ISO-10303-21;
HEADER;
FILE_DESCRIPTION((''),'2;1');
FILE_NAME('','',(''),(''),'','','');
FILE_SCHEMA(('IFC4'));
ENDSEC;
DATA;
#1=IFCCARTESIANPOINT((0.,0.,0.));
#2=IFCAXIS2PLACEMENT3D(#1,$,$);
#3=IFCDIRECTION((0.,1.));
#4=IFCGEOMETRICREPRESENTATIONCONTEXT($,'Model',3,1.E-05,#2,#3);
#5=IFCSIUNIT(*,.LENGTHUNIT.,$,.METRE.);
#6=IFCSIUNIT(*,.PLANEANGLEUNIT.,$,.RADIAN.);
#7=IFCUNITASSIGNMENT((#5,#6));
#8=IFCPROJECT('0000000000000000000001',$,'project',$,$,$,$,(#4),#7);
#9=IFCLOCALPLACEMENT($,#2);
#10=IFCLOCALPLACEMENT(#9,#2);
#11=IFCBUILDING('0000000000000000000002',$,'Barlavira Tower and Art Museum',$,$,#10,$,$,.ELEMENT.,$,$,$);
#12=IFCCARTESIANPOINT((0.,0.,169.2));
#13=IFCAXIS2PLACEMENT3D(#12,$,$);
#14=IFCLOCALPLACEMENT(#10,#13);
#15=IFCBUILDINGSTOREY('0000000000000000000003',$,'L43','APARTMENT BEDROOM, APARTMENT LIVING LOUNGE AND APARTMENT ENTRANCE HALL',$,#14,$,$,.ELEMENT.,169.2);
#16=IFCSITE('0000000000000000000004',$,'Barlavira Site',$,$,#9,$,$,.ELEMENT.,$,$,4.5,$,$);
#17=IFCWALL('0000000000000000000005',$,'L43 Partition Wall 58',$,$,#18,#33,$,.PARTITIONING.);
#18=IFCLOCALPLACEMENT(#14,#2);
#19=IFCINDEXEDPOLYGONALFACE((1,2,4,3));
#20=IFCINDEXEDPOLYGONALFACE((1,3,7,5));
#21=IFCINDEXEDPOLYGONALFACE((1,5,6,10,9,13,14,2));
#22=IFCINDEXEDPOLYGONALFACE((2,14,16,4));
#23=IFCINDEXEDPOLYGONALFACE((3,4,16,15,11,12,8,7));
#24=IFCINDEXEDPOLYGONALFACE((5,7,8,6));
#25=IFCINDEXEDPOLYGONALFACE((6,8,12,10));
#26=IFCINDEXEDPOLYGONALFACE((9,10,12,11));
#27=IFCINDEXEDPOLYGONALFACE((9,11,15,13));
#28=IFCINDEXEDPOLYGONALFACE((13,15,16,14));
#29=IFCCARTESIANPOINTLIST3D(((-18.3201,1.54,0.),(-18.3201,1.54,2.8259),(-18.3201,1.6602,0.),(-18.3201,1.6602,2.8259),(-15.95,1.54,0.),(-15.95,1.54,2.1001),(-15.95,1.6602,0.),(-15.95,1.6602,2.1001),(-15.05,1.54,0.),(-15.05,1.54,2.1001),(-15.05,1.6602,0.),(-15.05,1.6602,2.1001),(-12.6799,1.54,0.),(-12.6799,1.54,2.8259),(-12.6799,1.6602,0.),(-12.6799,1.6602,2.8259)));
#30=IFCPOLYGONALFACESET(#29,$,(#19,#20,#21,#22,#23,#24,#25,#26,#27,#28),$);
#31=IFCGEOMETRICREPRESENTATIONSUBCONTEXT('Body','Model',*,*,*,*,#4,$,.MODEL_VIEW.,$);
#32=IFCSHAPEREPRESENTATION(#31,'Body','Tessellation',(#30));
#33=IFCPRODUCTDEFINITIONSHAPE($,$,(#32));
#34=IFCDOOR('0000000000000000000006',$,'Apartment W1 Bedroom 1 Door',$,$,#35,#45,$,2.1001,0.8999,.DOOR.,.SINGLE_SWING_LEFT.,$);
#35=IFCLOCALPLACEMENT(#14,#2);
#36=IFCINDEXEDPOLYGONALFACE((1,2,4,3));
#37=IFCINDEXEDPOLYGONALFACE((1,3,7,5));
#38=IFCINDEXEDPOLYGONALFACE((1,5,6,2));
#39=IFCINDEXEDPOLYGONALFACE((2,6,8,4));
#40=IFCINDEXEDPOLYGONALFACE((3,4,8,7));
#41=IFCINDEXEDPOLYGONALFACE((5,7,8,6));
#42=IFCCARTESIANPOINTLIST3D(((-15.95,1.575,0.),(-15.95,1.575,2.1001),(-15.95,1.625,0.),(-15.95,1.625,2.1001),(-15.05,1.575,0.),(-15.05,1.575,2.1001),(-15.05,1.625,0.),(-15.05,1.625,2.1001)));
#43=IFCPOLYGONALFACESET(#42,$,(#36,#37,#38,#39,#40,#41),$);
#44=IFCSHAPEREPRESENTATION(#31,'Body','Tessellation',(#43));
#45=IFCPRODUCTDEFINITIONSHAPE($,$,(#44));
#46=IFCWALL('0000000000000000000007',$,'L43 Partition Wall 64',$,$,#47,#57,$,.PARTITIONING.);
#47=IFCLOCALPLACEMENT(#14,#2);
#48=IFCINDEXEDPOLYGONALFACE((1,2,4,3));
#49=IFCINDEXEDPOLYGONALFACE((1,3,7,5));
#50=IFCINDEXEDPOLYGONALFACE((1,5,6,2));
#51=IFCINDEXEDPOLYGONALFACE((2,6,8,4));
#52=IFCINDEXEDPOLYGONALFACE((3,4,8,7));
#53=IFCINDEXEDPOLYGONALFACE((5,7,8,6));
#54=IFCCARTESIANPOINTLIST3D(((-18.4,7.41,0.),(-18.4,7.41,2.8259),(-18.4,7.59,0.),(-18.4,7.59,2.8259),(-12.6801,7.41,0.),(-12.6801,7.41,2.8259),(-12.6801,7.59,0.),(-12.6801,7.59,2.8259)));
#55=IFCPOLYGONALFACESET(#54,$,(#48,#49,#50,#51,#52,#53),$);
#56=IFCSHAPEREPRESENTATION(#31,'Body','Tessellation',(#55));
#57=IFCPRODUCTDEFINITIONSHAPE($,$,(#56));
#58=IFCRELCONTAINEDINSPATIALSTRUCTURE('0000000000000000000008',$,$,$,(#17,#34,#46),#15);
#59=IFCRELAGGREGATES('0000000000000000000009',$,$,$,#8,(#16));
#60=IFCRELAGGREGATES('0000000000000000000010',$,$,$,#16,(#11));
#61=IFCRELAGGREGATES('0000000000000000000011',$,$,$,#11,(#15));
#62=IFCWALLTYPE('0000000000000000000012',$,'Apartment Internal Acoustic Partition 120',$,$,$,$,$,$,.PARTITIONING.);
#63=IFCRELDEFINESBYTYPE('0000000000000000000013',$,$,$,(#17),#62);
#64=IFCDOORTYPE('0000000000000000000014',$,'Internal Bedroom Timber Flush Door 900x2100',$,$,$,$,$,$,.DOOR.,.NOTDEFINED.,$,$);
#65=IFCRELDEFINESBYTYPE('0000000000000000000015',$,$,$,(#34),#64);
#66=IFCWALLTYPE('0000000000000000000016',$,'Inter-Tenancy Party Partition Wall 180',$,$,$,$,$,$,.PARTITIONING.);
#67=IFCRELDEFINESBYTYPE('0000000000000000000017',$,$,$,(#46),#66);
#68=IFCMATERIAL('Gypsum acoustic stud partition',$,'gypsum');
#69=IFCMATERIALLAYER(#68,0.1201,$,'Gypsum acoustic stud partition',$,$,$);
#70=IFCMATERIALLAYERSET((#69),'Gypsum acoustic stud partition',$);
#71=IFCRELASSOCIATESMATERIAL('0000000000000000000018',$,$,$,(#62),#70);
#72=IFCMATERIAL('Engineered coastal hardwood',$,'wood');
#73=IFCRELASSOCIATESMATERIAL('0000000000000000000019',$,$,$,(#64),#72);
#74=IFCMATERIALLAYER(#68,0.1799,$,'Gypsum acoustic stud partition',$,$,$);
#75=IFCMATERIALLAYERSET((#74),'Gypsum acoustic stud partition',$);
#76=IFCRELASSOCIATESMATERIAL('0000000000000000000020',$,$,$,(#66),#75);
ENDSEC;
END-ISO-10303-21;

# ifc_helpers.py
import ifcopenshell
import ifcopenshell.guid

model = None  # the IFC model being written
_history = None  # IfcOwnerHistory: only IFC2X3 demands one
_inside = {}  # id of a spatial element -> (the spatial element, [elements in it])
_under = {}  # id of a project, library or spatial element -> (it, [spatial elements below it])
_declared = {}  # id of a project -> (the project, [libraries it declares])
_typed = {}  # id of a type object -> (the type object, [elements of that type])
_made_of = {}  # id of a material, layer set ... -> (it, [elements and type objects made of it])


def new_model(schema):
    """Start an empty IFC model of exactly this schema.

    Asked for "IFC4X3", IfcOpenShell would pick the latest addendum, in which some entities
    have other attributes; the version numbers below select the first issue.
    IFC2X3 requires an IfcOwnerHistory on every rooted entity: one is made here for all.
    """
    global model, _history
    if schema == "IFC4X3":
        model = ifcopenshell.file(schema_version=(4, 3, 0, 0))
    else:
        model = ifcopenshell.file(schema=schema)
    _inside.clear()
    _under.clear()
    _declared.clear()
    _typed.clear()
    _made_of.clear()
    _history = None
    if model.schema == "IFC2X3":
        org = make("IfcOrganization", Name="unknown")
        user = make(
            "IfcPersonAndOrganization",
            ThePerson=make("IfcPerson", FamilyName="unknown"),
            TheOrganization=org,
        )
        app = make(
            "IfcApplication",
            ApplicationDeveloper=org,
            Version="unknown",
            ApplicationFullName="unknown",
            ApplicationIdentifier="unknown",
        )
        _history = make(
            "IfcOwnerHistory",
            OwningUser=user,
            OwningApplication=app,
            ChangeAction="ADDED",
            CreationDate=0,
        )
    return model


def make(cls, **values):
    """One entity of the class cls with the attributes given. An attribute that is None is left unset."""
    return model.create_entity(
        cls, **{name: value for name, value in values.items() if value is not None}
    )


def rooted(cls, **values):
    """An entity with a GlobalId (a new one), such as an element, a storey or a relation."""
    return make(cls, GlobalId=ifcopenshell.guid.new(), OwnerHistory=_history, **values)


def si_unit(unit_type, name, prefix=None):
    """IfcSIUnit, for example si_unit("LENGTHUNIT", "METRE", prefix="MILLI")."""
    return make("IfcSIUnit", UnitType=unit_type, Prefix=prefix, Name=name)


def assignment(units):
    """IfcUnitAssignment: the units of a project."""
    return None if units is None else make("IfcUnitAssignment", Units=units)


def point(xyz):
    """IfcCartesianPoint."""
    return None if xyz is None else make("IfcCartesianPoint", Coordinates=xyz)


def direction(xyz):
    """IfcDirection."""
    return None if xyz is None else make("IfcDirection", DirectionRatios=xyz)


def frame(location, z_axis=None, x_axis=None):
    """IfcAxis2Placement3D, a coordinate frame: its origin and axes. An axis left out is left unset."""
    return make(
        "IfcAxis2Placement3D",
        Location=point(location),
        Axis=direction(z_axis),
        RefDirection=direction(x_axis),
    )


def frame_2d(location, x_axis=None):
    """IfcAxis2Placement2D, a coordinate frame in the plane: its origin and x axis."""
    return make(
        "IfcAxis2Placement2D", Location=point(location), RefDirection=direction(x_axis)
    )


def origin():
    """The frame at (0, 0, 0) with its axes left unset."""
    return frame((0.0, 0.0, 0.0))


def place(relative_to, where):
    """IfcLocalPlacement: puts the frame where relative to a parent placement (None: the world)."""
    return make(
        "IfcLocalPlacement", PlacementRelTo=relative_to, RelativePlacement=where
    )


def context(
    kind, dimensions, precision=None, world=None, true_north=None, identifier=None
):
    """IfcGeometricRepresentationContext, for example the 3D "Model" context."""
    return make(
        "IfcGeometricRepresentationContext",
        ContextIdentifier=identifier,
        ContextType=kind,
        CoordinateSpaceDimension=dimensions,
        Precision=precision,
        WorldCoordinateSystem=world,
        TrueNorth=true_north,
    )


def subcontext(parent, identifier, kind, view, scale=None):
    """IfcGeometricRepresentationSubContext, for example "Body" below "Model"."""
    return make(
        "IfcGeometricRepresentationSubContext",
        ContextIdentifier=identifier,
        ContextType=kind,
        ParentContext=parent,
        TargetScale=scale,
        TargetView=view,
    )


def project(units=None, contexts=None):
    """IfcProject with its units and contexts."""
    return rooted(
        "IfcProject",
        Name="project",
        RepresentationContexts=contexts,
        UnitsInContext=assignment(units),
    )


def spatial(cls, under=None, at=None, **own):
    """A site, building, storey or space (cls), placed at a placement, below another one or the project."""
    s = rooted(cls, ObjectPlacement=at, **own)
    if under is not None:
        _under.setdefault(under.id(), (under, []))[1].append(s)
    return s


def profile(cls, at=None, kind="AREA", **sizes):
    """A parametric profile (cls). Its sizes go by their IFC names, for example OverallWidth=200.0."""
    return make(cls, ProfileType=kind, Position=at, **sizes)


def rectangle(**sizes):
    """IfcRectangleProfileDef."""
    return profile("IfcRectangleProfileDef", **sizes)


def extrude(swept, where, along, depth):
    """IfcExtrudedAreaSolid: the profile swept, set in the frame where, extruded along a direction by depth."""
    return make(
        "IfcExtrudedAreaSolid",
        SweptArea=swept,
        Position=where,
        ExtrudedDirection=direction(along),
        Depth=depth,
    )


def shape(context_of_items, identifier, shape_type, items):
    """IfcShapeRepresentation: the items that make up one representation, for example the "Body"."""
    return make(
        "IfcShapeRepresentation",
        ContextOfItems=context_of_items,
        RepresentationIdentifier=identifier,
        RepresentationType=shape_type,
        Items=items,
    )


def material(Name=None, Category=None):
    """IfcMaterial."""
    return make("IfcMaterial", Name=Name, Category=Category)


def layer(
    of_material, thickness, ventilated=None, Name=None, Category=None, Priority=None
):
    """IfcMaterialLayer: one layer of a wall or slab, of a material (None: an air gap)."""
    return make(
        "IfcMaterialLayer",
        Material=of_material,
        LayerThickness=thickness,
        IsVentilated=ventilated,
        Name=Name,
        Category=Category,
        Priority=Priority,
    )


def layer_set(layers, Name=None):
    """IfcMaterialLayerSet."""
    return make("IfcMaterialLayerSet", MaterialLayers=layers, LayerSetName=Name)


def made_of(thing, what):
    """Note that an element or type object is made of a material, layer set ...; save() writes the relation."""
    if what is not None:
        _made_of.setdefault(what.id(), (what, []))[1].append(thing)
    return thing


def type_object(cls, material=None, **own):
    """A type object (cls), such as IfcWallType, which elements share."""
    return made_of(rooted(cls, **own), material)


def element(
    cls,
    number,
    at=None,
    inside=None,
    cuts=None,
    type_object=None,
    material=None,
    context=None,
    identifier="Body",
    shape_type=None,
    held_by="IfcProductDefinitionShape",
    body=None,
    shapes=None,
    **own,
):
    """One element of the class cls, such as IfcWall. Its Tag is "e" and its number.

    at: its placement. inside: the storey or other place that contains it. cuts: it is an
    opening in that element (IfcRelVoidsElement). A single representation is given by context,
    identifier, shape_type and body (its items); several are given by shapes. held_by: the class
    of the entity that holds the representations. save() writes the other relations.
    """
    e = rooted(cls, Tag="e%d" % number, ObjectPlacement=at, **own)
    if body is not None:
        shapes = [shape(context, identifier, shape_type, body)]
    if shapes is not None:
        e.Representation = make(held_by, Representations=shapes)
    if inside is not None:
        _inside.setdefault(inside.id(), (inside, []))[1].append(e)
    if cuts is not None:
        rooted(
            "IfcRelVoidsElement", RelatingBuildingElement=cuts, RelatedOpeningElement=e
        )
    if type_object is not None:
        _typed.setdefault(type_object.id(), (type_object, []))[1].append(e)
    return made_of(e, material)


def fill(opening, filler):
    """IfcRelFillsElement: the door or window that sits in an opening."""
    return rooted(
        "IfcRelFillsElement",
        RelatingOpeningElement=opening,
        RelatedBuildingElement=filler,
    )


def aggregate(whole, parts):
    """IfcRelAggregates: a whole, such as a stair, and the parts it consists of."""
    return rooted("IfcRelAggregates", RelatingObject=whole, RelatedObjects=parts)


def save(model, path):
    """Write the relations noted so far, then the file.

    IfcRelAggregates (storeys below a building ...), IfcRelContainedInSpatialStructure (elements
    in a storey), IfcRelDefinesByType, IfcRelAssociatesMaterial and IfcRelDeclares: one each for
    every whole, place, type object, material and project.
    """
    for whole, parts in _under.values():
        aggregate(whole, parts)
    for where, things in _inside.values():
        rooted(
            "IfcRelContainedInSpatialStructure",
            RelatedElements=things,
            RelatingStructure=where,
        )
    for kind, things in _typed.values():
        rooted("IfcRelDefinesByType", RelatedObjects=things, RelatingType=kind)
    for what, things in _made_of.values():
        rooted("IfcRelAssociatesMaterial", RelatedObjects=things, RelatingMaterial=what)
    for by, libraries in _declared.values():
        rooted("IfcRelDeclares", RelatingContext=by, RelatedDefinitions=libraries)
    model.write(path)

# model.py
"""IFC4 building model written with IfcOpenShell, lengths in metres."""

from ifc_helpers import new_model, si_unit, direction, frame, frame_2d, origin, place, context, subcontext, project, spatial, rectangle, extrude, material, layer, layer_set, type_object, element, fill, save


model = new_model("IFC4")

# Units and contexts
model_context = context("Model", 3, precision=1e-05, world=origin(), true_north=direction((0.0, 1.0)))
body_context = subcontext(model_context, "Body", "Model", "MODEL_VIEW")
ifc_project = project(units=[si_unit("LENGTHUNIT", "METRE"), si_unit("PLANEANGLEUNIT", "RADIAN")], contexts=[model_context])

# Site, building, storey
site_placement = place(None, origin())
site = spatial("IfcSite", under=ifc_project, at=site_placement, Name="Barlavira Site", CompositionType="ELEMENT", RefElevation=4.5)
building_placement = place(site_placement, origin())
building = spatial("IfcBuilding", under=site, at=building_placement, Name="Barlavira Tower and Art Museum", CompositionType="ELEMENT")
storey_placement = place(building_placement, frame((0.0, 0.0, 169.2)))
storey = spatial("IfcBuildingStorey", under=building, at=storey_placement, Name="L43", Description="APARTMENT BEDROOM, APARTMENT LIVING LOUNGE AND APARTMENT ENTRANCE HALL", CompositionType="ELEMENT", Elevation=169.2)

# Wall, opening, door
ifc_material_1 = material(Name="Gypsum acoustic stud partition", Category="gypsum")
ifc_layer_1 = layer(ifc_material_1, 0.1201, Name="Gypsum acoustic stud partition")
ifc_layer_set_1 = layer_set([ifc_layer_1], Name="Gypsum acoustic stud partition")
wall_type_1 = type_object("IfcWallType", Name="Apartment Internal Acoustic Partition 120", PredefinedType="PARTITIONING", material=ifc_layer_set_1)
wall_1_placement = place(storey_placement, frame((-18.3201, 1.6001, 0.0), z_axis=(0.0, 0.0, 1.0), x_axis=(1.0, 0.0, 0.0)))
wall_1 = element("IfcWall", 1, at=wall_1_placement, inside=storey, type_object=wall_type_1, Name="L43 Partition Wall 58", PredefinedType="PARTITIONING", context=body_context, shape_type="SweptSolid", body=[
    extrude(rectangle(XDim=5.6401, YDim=0.1201, at=frame_2d((2.8201, 0.0))), origin(), (0.0, 0.0, 1.0), 2.8259),
])
opening_placement = place(wall_1_placement, frame((2.3701, 0.0, 0.0)))
opening = element("IfcOpeningElement", 2, at=opening_placement, cuts=wall_1, PredefinedType="OPENING", context=body_context, shape_type="SweptSolid", body=[
    extrude(rectangle(XDim=0.8999, YDim=2.1001, at=frame_2d((0.45, 1.05))), frame((0.0, 0.0701, 0.0), z_axis=(0.0, -1.0, 0.0), x_axis=(1.0, 0.0, 0.0)), (0.0, 0.0, 1.0), 0.1401),
])
ifc_material_2 = material(Name="Engineered coastal hardwood", Category="wood")
door_type = type_object("IfcDoorType", Name="Internal Bedroom Timber Flush Door 900x2100", OperationType="NOTDEFINED", PredefinedType="DOOR", material=ifc_material_2)
door_placement = place(opening_placement, origin())
door = element("IfcDoor", 3, at=door_placement, inside=storey, type_object=door_type, Name="Apartment W1 Bedroom 1 Door", OperationType="SINGLE_SWING_LEFT", OverallHeight=2.1001, OverallWidth=0.8999, PredefinedType="DOOR", context=body_context, shape_type="SweptSolid", body=[
    extrude(rectangle(XDim=0.8999, YDim=2.1001, at=frame_2d((0.45, 1.05))), frame((0.0, 0.0249, 0.0), z_axis=(0.0, -1.0, 0.0), x_axis=(1.0, 0.0, 0.0)), (0.0, 0.0, 1.0), 0.05),
])
fill(opening, door)

# Wall
ifc_layer_2 = layer(ifc_material_1, 0.1799, Name="Gypsum acoustic stud partition")
ifc_layer_set_2 = layer_set([ifc_layer_2], Name="Gypsum acoustic stud partition")
wall_type_2 = type_object("IfcWallType", Name="Inter-Tenancy Party Partition Wall 180", PredefinedType="PARTITIONING", material=ifc_layer_set_2)
wall_2_placement = place(storey_placement, frame((-18.3999, 7.5, 0.0), z_axis=(0.0, 0.0, 1.0), x_axis=(1.0, 0.0, 0.0)))
element("IfcWall", 4, at=wall_2_placement, inside=storey, type_object=wall_type_2, Name="L43 Partition Wall 64", PredefinedType="PARTITIONING", context=body_context, shape_type="SweptSolid", body=[
    extrude(rectangle(XDim=5.72, YDim=0.1799, at=frame_2d((2.8599, 0.0))), origin(), (0.0, 0.0, 1.0), 2.8259),
])

save(model, "model.ifc")
